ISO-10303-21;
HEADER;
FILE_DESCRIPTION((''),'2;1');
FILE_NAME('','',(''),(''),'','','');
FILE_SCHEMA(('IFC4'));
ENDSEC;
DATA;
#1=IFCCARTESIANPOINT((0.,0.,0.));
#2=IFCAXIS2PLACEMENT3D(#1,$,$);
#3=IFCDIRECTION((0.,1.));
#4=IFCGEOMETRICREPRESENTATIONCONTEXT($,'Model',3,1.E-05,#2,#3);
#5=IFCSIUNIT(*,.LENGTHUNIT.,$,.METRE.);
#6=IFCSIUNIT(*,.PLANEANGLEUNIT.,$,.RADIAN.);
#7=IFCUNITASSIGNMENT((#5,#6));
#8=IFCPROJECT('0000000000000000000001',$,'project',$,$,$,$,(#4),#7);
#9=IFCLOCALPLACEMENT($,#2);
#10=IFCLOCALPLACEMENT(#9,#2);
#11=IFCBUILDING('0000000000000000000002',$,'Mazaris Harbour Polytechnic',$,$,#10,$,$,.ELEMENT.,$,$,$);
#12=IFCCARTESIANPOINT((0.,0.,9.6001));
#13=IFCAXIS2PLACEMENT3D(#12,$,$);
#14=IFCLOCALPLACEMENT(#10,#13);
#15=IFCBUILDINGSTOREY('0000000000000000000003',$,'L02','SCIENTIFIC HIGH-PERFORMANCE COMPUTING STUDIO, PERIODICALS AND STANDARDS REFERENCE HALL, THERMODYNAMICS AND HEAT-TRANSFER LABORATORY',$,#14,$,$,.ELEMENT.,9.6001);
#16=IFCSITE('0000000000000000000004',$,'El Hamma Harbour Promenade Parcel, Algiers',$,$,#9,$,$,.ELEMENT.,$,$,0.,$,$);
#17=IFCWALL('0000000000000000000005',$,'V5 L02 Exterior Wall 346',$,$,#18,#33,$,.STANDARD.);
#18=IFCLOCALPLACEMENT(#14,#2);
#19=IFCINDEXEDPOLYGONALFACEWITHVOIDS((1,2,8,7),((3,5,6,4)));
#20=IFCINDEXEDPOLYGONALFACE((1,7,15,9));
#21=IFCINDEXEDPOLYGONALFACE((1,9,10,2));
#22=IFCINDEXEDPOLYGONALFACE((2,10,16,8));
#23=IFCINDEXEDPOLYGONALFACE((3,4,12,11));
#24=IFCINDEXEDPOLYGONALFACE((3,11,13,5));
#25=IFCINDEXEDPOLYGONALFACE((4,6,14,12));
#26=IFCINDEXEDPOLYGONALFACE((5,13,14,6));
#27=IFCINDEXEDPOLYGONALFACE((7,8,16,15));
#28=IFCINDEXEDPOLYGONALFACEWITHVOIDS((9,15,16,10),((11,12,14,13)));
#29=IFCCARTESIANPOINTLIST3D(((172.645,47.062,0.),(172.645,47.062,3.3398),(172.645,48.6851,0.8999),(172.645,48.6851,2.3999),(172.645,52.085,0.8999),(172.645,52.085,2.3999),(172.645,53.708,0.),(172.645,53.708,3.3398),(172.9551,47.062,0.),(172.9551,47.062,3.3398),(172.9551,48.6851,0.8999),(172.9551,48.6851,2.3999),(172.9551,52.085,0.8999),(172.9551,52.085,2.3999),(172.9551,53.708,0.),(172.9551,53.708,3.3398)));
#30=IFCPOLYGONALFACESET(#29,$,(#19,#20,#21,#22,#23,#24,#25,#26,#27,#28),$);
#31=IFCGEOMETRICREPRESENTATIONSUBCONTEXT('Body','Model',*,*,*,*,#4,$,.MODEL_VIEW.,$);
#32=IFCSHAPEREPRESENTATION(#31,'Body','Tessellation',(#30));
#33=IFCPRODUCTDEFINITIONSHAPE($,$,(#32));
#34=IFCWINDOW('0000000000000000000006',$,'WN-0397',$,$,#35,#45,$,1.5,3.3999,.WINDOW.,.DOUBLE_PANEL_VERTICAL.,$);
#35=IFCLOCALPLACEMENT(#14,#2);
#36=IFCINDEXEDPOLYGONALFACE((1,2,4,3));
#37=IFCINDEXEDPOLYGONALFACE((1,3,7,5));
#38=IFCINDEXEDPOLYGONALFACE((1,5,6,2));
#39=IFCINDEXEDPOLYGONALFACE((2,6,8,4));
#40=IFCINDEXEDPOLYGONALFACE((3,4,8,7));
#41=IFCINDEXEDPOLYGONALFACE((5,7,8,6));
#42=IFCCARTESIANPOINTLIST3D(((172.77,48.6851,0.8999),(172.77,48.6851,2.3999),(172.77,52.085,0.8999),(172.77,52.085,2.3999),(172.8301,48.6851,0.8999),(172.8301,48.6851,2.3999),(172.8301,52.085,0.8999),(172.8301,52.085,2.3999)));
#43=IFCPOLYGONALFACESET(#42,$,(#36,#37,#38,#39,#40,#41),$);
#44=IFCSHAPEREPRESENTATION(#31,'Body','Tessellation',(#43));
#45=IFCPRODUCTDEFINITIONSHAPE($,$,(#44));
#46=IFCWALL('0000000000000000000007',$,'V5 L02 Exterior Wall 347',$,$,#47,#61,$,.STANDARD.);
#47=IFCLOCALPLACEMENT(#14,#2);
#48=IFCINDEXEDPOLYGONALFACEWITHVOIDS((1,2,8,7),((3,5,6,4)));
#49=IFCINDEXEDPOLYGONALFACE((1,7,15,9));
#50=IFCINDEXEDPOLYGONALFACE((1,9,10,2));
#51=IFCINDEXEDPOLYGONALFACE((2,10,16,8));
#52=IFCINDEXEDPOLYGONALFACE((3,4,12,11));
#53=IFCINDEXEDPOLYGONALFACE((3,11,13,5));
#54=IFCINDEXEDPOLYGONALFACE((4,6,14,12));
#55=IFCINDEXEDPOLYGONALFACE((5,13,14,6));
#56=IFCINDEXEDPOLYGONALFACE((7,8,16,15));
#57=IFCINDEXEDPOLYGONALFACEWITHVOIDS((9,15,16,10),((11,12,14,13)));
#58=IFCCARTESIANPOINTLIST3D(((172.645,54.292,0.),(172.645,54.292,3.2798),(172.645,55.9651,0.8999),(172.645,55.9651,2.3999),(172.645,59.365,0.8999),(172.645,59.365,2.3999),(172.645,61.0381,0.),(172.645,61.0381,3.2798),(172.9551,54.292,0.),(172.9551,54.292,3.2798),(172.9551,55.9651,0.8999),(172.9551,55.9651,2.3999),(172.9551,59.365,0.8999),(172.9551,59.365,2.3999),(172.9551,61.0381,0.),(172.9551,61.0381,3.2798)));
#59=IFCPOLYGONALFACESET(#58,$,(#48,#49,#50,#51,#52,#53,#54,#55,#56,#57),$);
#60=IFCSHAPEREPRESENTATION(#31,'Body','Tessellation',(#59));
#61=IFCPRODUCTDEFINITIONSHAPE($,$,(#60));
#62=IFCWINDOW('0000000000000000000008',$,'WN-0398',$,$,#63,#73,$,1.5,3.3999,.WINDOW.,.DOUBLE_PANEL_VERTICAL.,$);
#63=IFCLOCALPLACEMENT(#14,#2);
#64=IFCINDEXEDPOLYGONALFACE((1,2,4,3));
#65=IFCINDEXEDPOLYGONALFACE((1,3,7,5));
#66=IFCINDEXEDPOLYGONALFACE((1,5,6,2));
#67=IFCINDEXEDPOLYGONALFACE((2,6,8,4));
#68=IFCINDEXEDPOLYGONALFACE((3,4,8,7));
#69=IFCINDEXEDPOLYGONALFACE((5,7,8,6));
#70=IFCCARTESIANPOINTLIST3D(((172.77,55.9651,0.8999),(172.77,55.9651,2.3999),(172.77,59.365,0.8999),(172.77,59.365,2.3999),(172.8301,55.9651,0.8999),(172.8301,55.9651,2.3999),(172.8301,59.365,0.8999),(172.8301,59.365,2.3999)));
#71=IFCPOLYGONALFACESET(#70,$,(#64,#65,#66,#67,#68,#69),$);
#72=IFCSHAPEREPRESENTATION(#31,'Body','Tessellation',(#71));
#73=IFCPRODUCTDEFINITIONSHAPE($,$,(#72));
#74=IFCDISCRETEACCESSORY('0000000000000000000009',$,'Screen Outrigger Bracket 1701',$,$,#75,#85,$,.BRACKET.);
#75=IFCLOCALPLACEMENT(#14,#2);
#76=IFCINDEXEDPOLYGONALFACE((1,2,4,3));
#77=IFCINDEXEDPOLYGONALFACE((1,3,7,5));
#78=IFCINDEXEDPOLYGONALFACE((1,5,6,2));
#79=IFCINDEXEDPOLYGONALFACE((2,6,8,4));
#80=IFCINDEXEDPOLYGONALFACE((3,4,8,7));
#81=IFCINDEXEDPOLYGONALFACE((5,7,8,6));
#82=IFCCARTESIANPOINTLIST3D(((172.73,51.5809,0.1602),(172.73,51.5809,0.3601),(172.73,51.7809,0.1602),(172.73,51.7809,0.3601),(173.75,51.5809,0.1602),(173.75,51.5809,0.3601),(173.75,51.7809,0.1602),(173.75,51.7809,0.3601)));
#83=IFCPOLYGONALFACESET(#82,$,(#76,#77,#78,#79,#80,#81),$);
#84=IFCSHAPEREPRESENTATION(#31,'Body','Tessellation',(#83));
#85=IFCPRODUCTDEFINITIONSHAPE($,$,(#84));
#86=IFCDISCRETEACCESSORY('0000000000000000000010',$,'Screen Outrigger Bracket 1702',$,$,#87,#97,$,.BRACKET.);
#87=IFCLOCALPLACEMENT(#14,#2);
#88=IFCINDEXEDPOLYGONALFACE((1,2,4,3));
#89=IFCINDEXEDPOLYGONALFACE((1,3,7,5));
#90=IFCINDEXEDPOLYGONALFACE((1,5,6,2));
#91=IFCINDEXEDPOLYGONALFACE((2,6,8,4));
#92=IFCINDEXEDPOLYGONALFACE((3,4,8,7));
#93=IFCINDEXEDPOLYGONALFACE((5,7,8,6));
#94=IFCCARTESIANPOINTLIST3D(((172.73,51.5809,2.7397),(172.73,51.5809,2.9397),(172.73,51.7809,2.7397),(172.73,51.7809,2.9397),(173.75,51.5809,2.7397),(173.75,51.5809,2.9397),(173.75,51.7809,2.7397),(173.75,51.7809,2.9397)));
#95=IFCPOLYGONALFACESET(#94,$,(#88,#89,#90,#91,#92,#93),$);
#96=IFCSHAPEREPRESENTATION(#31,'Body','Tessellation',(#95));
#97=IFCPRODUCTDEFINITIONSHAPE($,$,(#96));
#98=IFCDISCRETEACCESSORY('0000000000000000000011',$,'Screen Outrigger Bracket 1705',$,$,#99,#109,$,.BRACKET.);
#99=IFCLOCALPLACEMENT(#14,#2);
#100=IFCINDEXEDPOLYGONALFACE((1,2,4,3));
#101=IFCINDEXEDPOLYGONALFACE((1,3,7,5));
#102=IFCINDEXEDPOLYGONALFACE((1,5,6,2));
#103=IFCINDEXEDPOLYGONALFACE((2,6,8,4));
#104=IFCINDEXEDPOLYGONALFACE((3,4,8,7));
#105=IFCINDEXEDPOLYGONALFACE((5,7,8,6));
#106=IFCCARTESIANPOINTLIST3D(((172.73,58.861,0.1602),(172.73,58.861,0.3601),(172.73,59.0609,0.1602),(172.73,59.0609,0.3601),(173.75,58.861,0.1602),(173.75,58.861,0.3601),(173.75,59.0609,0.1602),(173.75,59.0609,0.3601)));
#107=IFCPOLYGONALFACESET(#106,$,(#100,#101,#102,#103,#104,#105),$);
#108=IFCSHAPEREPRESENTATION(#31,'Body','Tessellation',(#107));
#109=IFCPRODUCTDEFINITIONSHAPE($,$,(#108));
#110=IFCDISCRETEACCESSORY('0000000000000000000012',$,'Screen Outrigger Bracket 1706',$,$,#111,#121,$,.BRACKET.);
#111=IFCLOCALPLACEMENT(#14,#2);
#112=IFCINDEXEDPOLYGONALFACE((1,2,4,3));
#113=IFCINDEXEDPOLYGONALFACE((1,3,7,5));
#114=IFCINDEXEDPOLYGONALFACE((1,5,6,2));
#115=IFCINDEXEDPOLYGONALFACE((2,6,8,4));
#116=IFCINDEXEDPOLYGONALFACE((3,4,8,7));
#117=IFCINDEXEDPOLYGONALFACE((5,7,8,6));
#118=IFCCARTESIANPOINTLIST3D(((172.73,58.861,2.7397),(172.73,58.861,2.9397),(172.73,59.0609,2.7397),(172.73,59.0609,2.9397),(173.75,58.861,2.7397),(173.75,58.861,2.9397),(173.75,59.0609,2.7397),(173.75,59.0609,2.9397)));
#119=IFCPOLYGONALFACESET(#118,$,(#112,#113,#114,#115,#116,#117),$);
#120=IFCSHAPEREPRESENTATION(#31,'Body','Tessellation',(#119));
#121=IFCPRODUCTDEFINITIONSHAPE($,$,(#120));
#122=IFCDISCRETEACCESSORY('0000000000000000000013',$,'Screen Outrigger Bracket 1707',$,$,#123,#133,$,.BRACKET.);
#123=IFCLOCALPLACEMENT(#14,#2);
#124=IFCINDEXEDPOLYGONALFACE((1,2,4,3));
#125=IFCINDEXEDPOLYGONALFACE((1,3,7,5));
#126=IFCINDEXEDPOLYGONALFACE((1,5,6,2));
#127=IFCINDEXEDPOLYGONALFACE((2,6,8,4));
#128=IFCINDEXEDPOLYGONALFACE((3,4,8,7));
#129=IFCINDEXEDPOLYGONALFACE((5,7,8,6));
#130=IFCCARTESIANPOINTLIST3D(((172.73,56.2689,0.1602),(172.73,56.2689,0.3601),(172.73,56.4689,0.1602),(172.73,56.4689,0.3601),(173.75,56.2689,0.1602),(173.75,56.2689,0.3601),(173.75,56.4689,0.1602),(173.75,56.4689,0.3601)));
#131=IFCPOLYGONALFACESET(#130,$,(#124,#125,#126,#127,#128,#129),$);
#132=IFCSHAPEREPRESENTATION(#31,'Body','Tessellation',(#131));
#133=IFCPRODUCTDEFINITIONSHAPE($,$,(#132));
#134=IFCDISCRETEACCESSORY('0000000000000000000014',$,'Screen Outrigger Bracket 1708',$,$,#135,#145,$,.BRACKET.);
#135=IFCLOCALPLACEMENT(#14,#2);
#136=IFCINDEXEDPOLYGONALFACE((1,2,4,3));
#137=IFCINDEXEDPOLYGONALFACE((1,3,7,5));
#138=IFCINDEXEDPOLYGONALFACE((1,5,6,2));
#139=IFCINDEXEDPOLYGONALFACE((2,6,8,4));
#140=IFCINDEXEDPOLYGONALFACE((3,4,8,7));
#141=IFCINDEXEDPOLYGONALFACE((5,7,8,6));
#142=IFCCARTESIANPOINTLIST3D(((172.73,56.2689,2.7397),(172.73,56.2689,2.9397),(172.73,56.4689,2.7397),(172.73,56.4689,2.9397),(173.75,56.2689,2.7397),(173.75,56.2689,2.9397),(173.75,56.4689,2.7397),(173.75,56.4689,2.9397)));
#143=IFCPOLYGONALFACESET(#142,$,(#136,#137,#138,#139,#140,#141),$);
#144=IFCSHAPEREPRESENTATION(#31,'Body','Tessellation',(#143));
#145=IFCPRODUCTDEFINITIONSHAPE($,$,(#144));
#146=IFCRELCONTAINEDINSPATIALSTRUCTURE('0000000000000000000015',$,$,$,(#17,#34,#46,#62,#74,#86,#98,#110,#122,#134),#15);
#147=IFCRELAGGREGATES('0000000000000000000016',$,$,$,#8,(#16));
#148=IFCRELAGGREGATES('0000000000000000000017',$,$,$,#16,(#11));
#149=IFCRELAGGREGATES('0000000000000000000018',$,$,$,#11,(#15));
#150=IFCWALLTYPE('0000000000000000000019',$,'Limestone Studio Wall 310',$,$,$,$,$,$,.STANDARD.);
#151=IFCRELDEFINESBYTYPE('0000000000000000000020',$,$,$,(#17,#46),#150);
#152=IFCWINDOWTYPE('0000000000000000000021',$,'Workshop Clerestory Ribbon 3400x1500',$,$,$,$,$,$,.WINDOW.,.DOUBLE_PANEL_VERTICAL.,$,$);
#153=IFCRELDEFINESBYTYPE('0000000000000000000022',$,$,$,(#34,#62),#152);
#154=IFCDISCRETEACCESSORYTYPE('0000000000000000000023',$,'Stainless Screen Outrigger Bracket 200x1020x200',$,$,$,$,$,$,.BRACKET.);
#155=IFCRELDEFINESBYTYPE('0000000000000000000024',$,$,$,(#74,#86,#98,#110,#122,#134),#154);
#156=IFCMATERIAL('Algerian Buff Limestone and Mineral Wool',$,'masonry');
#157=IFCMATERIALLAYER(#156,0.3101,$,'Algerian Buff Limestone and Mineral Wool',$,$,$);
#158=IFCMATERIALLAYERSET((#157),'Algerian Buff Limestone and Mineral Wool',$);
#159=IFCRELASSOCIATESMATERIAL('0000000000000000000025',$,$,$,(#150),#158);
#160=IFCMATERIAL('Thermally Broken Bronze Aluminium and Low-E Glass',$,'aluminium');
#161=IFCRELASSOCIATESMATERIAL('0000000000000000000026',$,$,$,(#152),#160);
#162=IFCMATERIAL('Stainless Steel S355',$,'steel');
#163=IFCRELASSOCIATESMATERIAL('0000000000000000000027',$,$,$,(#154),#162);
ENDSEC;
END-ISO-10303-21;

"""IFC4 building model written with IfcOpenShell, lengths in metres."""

from ifc_helpers import new_model, si_unit, direction, frame, frame_2d, origin, origin_2d, place, context, subcontext, project, spatial, rectangle, extrude, material, layer, layer_set, type_object, element, fill, save


model = new_model("IFC4")

# Units and contexts
model_context = context("Model", 3, precision=1e-05, world=origin(), true_north=direction((0.0, 1.0)))
body_context = subcontext(model_context, "Body", "Model", "MODEL_VIEW")
ifc_project = project(units=[si_unit("LENGTHUNIT", "METRE"), si_unit("PLANEANGLEUNIT", "RADIAN")], contexts=[model_context])

# Site, building, storey
site_placement = place(None, origin())
site = spatial("IfcSite", under=ifc_project, at=site_placement, Name="El Hamma Harbour Promenade Parcel, Algiers", CompositionType="ELEMENT", RefElevation=0.0)
building_placement = place(site_placement, origin())
building = spatial("IfcBuilding", under=site, at=building_placement, Name="Mazaris Harbour Polytechnic", CompositionType="ELEMENT")
storey_placement = place(building_placement, frame((0.0, 0.0, 9.6001)))
storey = spatial("IfcBuildingStorey", under=building, at=storey_placement, Name="L02", Description="SCIENTIFIC HIGH-PERFORMANCE COMPUTING STUDIO, PERIODICALS AND STANDARDS REFERENCE HALL, THERMODYNAMICS AND HEAT-TRANSFER LABORATORY", CompositionType="ELEMENT", Elevation=9.6001)

# Walls, openings, windows
ifc_material_1 = material(Name="Algerian Buff Limestone and Mineral Wool", Category="masonry")
ifc_layer = layer(ifc_material_1, 0.3101, Name="Algerian Buff Limestone and Mineral Wool")
ifc_layer_set = layer_set([ifc_layer], Name="Algerian Buff Limestone and Mineral Wool")
wall_type = type_object("IfcWallType", Name="Limestone Studio Wall 310", PredefinedType="STANDARD", material=ifc_layer_set)
wall_1_placement = place(storey_placement, frame((172.8, 53.708, 0.0), z_axis=(0.0, 0.0, 1.0), x_axis=(0.0, -1.0, 0.0)))
wall_1 = element("IfcWall", 1, at=wall_1_placement, inside=storey, type_object=wall_type, Name="V5 L02 Exterior Wall 346", PredefinedType="STANDARD", context=body_context, shape_type="SweptSolid", body=[
    extrude(rectangle(XDim=6.646, YDim=0.3101, at=frame_2d((3.323, 0.0))), origin(), (0.0, 0.0, 1.0), 3.3398),
])
opening_1_placement = place(wall_1_placement, frame((1.623, 0.0, 0.8999)))
opening_1 = element("IfcOpeningElement", 2, at=opening_1_placement, cuts=wall_1, PredefinedType="OPENING", context=body_context, shape_type="SweptSolid", body=[
    extrude(rectangle(XDim=3.3999, YDim=1.5, at=frame_2d((1.7, 0.75))), frame((0.0, 0.165, 0.0), z_axis=(0.0, -1.0, 0.0), x_axis=(1.0, 0.0, 0.0)), (0.0, 0.0, 1.0), 0.3301),
])
ifc_material_2 = material(Name="Thermally Broken Bronze Aluminium and Low-E Glass", Category="aluminium")
window_type = type_object("IfcWindowType", Name="Workshop Clerestory Ribbon 3400x1500", PartitioningType="DOUBLE_PANEL_VERTICAL", PredefinedType="WINDOW", material=ifc_material_2)
window_1_placement = place(opening_1_placement, origin())
window_1 = element("IfcWindow", 3, at=window_1_placement, inside=storey, type_object=window_type, Name="WN-0397", OverallHeight=1.5, OverallWidth=3.3999, PartitioningType="DOUBLE_PANEL_VERTICAL", PredefinedType="WINDOW", context=body_context, shape_type="SweptSolid", body=[
    extrude(rectangle(XDim=3.3999, YDim=1.5, at=frame_2d((1.7, 0.75))), frame((0.0, 0.03, 0.0), z_axis=(0.0, -1.0, 0.0), x_axis=(1.0, 0.0, 0.0)), (0.0, 0.0, 1.0), 0.0601),
])
fill(opening_1, window_1)
wall_2_placement = place(storey_placement, frame((172.8, 61.0381, 0.0), z_axis=(0.0, 0.0, 1.0), x_axis=(0.0, -1.0, 0.0)))
wall_2 = element("IfcWall", 4, at=wall_2_placement, inside=storey, type_object=wall_type, Name="V5 L02 Exterior Wall 347", PredefinedType="STANDARD", context=body_context, shape_type="SweptSolid", body=[
    extrude(rectangle(XDim=6.7461, YDim=0.3101, at=frame_2d((3.373, 0.0))), origin(), (0.0, 0.0, 1.0), 3.2798),
])
opening_2_placement = place(wall_2_placement, frame((1.6731, 0.0, 0.8999)))
opening_2 = element("IfcOpeningElement", 5, at=opening_2_placement, cuts=wall_2, PredefinedType="OPENING", context=body_context, shape_type="SweptSolid", body=[
    extrude(rectangle(XDim=3.3999, YDim=1.5, at=frame_2d((1.7, 0.75))), frame((0.0, 0.165, 0.0), z_axis=(0.0, -1.0, 0.0), x_axis=(1.0, 0.0, 0.0)), (0.0, 0.0, 1.0), 0.3301),
])
window_2_placement = place(opening_2_placement, origin())
window_2 = element("IfcWindow", 6, at=window_2_placement, inside=storey, type_object=window_type, Name="WN-0398", OverallHeight=1.5, OverallWidth=3.3999, PartitioningType="DOUBLE_PANEL_VERTICAL", PredefinedType="WINDOW", context=body_context, shape_type="SweptSolid", body=[
    extrude(rectangle(XDim=3.3999, YDim=1.5, at=frame_2d((1.7, 0.75))), frame((0.0, 0.03, 0.0), z_axis=(0.0, -1.0, 0.0), x_axis=(1.0, 0.0, 0.0)), (0.0, 0.0, 1.0), 0.0601),
])
fill(opening_2, window_2)

# Discrete accessories
ifc_material_3 = material(Name="Stainless Steel S355", Category="steel")
discrete_accessory_type = type_object("IfcDiscreteAccessoryType", Name="Stainless Screen Outrigger Bracket 200x1020x200", PredefinedType="BRACKET", material=ifc_material_3)
for number, where, z_axis, x_axis, name in (
    (7, (173.24, 51.6809, 0.1602), (0.0, 0.0, 1.0), (0.0, -1.0, 0.0), "Screen Outrigger Bracket 1701"),
    (8, (173.24, 51.6809, 2.7397), (0.0, 0.0, 1.0), (0.0, -1.0, 0.0), "Screen Outrigger Bracket 1702"),
    (9, (173.24, 58.9609, 0.1602), (0.0, 0.0, 1.0), (0.0, -1.0, 0.0), "Screen Outrigger Bracket 1705"),
    (10, (173.24, 58.9609, 2.7397), (0.0, 0.0, 1.0), (0.0, -1.0, 0.0), "Screen Outrigger Bracket 1706"),
    (11, (173.24, 56.3689, 0.1602), (0.0, 0.0, 1.0), (0.0, -1.0, 0.0), "Screen Outrigger Bracket 1707"),
    (12, (173.24, 56.3689, 2.7397), (0.0, 0.0, 1.0), (0.0, -1.0, 0.0), "Screen Outrigger Bracket 1708"),
):
    element("IfcDiscreteAccessory", number, at=place(storey_placement, frame(where, z_axis=z_axis, x_axis=x_axis)), inside=storey, type_object=discrete_accessory_type, Name=name, PredefinedType="BRACKET", context=body_context, shape_type="SweptSolid", body=[
        extrude(rectangle(XDim=0.2, YDim=1.02, at=origin_2d()), origin(), (0.0, 0.0, 1.0), 0.2),
    ])

save(model, "model.ifc")
